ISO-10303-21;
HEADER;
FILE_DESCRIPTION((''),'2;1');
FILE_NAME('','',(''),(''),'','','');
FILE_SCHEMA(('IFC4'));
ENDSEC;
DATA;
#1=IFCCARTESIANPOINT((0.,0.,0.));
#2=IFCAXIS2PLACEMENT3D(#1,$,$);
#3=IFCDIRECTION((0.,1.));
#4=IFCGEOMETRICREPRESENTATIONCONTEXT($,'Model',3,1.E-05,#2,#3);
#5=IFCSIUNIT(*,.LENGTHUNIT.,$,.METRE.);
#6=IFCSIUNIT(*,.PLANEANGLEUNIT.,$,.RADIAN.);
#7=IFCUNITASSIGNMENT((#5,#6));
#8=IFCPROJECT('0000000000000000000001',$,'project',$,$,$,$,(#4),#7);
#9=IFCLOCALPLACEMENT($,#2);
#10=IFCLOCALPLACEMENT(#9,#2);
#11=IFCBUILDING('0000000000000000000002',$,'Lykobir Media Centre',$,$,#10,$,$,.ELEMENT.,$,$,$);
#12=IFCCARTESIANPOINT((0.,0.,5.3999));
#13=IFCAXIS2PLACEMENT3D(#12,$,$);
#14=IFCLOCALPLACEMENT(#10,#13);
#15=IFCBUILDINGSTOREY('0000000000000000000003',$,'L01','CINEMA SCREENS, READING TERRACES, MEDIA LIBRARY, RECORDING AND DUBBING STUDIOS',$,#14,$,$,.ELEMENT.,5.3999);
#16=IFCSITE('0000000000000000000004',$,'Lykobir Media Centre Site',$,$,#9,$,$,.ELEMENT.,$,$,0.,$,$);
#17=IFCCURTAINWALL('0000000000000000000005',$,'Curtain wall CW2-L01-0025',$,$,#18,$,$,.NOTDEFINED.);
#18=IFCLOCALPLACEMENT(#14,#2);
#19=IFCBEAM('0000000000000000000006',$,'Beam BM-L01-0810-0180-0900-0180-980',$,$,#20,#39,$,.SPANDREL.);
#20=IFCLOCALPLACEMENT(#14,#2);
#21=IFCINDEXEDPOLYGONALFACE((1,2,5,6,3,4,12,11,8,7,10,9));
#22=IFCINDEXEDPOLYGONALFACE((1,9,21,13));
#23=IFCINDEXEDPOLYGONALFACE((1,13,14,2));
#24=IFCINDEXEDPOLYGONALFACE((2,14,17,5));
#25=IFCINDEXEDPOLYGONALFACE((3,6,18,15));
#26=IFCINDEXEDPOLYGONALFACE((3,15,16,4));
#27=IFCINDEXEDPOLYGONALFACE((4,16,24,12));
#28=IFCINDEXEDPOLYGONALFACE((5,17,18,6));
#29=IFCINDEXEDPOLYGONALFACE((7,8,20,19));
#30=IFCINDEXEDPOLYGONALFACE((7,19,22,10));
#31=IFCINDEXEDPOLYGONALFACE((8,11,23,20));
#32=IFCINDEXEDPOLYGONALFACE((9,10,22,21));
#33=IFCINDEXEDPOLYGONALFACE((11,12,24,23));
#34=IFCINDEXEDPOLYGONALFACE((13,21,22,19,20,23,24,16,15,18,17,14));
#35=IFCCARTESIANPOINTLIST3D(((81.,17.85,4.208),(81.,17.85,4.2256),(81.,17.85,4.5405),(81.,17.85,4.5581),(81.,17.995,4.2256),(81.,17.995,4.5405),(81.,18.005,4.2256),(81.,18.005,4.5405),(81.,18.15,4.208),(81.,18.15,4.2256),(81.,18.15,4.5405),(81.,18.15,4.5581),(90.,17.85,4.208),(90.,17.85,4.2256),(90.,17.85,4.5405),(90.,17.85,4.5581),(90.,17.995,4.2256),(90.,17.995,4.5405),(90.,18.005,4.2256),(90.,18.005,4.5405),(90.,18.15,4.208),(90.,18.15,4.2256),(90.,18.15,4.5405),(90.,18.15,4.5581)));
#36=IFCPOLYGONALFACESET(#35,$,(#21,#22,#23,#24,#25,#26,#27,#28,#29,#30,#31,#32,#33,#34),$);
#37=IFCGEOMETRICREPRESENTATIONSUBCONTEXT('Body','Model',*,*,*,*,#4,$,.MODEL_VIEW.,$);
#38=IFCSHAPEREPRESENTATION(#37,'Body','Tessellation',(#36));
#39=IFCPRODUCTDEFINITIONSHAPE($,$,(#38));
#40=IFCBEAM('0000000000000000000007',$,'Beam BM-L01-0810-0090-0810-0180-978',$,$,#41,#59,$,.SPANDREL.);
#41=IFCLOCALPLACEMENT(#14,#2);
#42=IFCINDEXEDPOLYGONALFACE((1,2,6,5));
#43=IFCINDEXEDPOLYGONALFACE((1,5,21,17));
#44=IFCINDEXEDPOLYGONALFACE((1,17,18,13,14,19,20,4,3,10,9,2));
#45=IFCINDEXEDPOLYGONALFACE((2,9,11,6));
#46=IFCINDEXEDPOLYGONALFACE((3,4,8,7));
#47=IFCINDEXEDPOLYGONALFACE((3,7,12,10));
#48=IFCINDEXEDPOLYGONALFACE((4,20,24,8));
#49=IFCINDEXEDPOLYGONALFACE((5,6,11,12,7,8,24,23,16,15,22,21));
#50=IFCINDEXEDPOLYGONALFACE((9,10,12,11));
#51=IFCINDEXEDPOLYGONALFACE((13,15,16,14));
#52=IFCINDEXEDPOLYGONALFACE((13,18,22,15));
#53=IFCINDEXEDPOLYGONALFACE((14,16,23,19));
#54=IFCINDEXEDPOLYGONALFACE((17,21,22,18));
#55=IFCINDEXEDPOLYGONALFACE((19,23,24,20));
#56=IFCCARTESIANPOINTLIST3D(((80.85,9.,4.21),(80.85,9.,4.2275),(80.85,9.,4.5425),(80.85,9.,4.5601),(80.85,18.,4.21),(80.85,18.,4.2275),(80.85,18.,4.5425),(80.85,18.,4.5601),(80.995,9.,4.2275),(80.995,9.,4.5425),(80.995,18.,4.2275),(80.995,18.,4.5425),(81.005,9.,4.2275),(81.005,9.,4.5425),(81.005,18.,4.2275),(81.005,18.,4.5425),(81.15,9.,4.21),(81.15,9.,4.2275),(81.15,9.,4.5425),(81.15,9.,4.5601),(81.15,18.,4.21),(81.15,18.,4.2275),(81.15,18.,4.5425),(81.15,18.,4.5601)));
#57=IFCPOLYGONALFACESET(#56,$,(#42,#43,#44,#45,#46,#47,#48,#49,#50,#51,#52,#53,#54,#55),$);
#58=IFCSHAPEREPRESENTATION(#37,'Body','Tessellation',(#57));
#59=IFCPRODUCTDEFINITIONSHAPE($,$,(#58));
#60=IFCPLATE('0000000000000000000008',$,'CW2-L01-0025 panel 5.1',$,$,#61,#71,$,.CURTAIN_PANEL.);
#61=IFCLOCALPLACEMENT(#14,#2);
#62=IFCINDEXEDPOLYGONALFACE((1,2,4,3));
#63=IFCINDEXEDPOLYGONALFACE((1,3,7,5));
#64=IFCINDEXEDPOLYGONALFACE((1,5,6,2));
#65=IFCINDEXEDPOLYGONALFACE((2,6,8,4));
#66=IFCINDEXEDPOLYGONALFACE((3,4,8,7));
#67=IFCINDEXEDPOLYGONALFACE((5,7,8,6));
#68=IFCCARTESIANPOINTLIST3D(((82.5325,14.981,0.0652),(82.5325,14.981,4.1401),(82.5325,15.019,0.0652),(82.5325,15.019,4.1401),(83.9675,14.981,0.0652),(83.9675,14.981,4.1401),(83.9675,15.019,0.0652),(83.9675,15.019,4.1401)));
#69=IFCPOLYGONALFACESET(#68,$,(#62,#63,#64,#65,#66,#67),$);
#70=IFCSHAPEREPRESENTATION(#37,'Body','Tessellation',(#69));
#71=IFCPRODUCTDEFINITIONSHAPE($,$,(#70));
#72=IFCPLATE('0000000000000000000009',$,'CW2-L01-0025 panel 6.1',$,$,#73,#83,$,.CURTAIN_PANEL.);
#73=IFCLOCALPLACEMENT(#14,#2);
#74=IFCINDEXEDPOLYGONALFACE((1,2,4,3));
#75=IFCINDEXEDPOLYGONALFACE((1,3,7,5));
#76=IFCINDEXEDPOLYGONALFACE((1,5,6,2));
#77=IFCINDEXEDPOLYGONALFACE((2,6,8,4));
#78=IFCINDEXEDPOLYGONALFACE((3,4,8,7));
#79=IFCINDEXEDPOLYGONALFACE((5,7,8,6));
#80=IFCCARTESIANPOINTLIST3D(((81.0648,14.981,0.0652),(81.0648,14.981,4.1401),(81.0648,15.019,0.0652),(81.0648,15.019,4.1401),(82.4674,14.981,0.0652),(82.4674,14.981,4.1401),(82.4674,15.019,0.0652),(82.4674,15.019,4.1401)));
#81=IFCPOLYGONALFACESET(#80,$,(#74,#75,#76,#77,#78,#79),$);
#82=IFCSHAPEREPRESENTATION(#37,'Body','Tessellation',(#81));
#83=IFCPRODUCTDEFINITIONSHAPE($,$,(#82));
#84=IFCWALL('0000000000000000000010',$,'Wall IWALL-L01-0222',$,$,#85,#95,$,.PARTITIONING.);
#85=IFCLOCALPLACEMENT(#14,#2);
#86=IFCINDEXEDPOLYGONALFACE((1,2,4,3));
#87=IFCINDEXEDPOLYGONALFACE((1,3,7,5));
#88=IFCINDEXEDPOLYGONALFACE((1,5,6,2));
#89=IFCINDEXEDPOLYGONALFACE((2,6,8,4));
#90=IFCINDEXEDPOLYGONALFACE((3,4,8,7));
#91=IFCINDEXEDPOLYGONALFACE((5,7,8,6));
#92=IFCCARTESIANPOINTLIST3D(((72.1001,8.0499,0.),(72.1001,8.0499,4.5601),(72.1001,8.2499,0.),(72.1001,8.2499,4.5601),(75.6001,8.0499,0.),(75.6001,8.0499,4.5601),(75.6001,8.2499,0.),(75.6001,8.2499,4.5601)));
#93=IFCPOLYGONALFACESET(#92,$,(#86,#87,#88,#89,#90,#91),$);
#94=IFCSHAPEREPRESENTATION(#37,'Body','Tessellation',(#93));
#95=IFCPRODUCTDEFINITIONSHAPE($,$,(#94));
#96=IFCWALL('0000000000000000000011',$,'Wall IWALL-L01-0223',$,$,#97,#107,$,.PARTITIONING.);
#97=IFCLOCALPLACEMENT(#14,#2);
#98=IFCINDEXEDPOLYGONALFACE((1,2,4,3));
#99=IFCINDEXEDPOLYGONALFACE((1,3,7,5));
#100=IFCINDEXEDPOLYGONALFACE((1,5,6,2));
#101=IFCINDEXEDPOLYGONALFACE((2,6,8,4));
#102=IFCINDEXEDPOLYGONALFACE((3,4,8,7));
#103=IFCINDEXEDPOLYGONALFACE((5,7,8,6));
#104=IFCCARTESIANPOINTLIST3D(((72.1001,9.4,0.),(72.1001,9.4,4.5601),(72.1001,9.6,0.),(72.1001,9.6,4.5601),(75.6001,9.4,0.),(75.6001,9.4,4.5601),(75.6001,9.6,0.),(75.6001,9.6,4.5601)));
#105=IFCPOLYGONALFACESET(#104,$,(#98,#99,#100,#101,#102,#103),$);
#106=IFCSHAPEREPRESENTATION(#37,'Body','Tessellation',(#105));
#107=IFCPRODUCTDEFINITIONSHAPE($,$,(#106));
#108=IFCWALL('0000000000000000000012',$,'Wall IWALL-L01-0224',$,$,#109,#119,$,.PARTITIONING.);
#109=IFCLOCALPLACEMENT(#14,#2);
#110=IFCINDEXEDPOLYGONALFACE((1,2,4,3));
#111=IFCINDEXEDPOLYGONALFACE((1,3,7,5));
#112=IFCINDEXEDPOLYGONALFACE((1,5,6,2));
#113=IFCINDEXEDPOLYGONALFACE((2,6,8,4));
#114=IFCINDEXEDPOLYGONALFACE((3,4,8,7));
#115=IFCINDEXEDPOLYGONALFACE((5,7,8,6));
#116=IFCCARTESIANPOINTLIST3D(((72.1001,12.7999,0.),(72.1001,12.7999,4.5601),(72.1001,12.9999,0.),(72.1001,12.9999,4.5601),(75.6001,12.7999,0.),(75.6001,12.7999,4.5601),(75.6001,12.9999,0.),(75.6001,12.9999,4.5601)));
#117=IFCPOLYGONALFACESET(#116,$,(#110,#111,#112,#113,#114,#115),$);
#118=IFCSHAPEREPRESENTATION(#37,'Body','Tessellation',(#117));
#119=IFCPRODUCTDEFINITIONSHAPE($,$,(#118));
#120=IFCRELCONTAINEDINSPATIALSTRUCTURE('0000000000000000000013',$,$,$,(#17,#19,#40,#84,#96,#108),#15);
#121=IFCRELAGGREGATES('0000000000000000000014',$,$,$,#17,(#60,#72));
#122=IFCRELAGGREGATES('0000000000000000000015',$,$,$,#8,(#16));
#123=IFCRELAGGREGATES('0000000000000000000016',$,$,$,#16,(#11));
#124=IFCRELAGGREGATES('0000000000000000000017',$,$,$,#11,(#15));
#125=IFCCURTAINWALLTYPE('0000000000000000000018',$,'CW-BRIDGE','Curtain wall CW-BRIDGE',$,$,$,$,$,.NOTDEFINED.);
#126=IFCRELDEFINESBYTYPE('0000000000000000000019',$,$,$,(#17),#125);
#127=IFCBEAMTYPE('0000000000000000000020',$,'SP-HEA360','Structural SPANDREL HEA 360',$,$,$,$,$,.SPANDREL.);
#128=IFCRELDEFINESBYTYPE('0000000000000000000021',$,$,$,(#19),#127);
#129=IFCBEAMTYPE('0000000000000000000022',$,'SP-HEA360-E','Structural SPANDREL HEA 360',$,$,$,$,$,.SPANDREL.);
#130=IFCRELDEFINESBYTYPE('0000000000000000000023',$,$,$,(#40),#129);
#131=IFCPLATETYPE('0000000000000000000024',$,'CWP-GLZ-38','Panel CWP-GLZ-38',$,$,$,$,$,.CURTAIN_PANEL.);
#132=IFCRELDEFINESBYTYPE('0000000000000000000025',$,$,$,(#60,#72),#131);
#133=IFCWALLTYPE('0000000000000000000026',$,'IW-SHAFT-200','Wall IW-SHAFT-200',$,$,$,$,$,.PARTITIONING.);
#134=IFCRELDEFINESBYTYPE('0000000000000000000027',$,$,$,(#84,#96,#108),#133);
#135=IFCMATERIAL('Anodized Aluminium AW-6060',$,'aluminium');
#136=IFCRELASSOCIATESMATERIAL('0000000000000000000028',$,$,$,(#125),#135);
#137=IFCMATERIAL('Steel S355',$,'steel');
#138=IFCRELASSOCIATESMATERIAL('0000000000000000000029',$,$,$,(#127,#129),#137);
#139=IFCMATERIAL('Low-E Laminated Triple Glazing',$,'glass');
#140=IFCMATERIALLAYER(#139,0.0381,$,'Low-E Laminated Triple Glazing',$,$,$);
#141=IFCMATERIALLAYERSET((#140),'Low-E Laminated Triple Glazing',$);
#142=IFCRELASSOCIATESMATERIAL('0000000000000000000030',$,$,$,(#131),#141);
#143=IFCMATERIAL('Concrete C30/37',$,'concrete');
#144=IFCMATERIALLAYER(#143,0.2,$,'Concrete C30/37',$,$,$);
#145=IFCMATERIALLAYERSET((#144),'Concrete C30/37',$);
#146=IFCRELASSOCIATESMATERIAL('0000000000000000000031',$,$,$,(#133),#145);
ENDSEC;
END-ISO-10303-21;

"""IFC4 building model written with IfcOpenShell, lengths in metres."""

from ifc_helpers import new_model, si_unit, direction, frame, frame_2d, origin, origin_2d, place, context, subcontext, project, spatial, rectangle, i_section, extrude, material, layer, layer_set, material_profile, profile_set, type_object, element, aggregate, save


model = new_model("IFC4")

# Units and contexts
model_context = context("Model", 3, precision=1e-05, world=origin(), true_north=direction((0.0, 1.0)))
body_context = subcontext(model_context, "Body", "Model", "MODEL_VIEW")
ifc_project = project(units=[si_unit("LENGTHUNIT", "METRE"), si_unit("PLANEANGLEUNIT", "RADIAN")], contexts=[model_context])

# Site, building, storey
site_placement = place(None, origin())
site = spatial("IfcSite", under=ifc_project, at=site_placement, Name="Lykobir Media Centre Site", CompositionType="ELEMENT", RefElevation=0.0)
building_placement = place(site_placement, origin())
building = spatial("IfcBuilding", under=site, at=building_placement, Name="Lykobir Media Centre", CompositionType="ELEMENT")
storey_placement = place(building_placement, frame((0.0, 0.0, 5.3999)))
storey = spatial("IfcBuildingStorey", under=building, at=storey_placement, Name="L01", Description="CINEMA SCREENS, READING TERRACES, MEDIA LIBRARY, RECORDING AND DUBBING STUDIOS", CompositionType="ELEMENT", Elevation=5.3999)

# Shared definitions
ifc_material_1 = material(Name="Steel S355", Category="steel")

# Curtain wall
ifc_material_2 = material(Name="Anodized Aluminium AW-6060", Category="aluminium")
curtain_wall_type = type_object("IfcCurtainWallType", Name="CW-BRIDGE", Description="Curtain wall CW-BRIDGE", PredefinedType="NOTDEFINED", material=ifc_material_2)
curtain_wall_1_placement = place(storey_placement, origin())
curtain_wall_1 = element("IfcCurtainWall", 1, at=curtain_wall_1_placement, inside=storey, type_object=curtain_wall_type, Name="Curtain wall CW2-L01-0025", PredefinedType="NOTDEFINED")

# Beams
ifc_material_profile_1 = material_profile(ifc_material_1, i_section(OverallWidth=0.3, OverallDepth=0.3501, WebThickness=0.01, FlangeThickness=0.0176, at=origin_2d()), Name="HEA 360")
ifc_profile_set_1 = profile_set([ifc_material_profile_1], Name="Steel S355")
beam_type_1 = type_object("IfcBeamType", Name="SP-HEA360", Description="Structural SPANDREL HEA 360", PredefinedType="SPANDREL", material=ifc_profile_set_1)
beam_1_placement = place(storey_placement, frame((81.0, 18.0, 4.3831), z_axis=(1.0, 0.0, 0.0), x_axis=(0.0, 1.0, 0.0)))
element("IfcBeam", 2, at=beam_1_placement, inside=storey, type_object=beam_type_1, Name="Beam BM-L01-0810-0180-0900-0180-980", PredefinedType="SPANDREL", context=body_context, shape_type="SweptSolid", body=[
    extrude(i_section(OverallWidth=0.3, OverallDepth=0.3501, WebThickness=0.01, FlangeThickness=0.0176, at=origin_2d()), origin(), (0.0, 0.0, 1.0), 9.0),
])
ifc_material_profile_2 = material_profile(ifc_material_1, i_section(OverallWidth=0.3, OverallDepth=0.3501, WebThickness=0.01, FlangeThickness=0.0176, at=origin_2d()), Name="HEA 360")
ifc_profile_set_2 = profile_set([ifc_material_profile_2], Name="Steel S355")
beam_type_2 = type_object("IfcBeamType", Name="SP-HEA360-E", Description="Structural SPANDREL HEA 360", PredefinedType="SPANDREL", material=ifc_profile_set_2)
beam_2_placement = place(storey_placement, frame((81.0, 9.0, 4.385), z_axis=(0.0, 1.0, 0.0), x_axis=(-1.0, 0.0, 0.0)))
element("IfcBeam", 3, at=beam_2_placement, inside=storey, type_object=beam_type_2, Name="Beam BM-L01-0810-0090-0810-0180-978", PredefinedType="SPANDREL", context=body_context, shape_type="SweptSolid", body=[
    extrude(i_section(OverallWidth=0.3, OverallDepth=0.3501, WebThickness=0.01, FlangeThickness=0.0176, at=origin_2d()), origin(), (0.0, 0.0, 1.0), 9.0),
])

# Plates
ifc_material_3 = material(Name="Low-E Laminated Triple Glazing", Category="glass")
ifc_layer_1 = layer(ifc_material_3, 0.0381, Name="Low-E Laminated Triple Glazing")
ifc_layer_set_1 = layer_set([ifc_layer_1], Name="Low-E Laminated Triple Glazing")
plate_type = type_object("IfcPlateType", Name="CWP-GLZ-38", Description="Panel CWP-GLZ-38", PredefinedType="CURTAIN_PANEL", material=ifc_layer_set_1)
plate_1_placement = place(storey_placement, frame((83.25, 15.0, 0.0652), z_axis=(0.0, 0.0, 1.0), x_axis=(-1.0, 0.0, 0.0)))
plate_1 = element("IfcPlate", 4, at=plate_1_placement, type_object=plate_type, Name="CW2-L01-0025 panel 5.1", PredefinedType="CURTAIN_PANEL", context=body_context, shape_type="SweptSolid", body=[
    extrude(rectangle(XDim=1.4351, YDim=0.0381, at=origin_2d()), origin(), (0.0, 0.0, 1.0), 4.075),
])
plate_2_placement = place(storey_placement, frame((81.7661, 15.0, 0.0652), z_axis=(0.0, 0.0, 1.0), x_axis=(-1.0, 0.0, 0.0)))
plate_2 = element("IfcPlate", 5, at=plate_2_placement, type_object=plate_type, Name="CW2-L01-0025 panel 6.1", PredefinedType="CURTAIN_PANEL", context=body_context, shape_type="SweptSolid", body=[
    extrude(rectangle(XDim=1.4026, YDim=0.0381, at=origin_2d()), origin(), (0.0, 0.0, 1.0), 4.075),
])
aggregate(curtain_wall_1, [plate_1, plate_2])

# Walls
ifc_material_4 = material(Name="Concrete C30/37", Category="concrete")
ifc_layer_2 = layer(ifc_material_4, 0.2, Name="Concrete C30/37")
ifc_layer_set_2 = layer_set([ifc_layer_2], Name="Concrete C30/37")
wall_type_1 = type_object("IfcWallType", Name="IW-SHAFT-200", Description="Wall IW-SHAFT-200", PredefinedType="PARTITIONING", material=ifc_layer_set_2)
for number, where, z_axis, x_axis, name in (
    (6, (72.1001, 8.1499, 0.0), (0.0, 0.0, 1.0), (1.0, 0.0, 0.0), "Wall IWALL-L01-0222"),
    (7, (72.1001, 9.5, 0.0), (0.0, 0.0, 1.0), (1.0, 0.0, 0.0), "Wall IWALL-L01-0223"),
    (8, (72.1001, 12.8999, 0.0), (0.0, 0.0, 1.0), (1.0, 0.0, 0.0), "Wall IWALL-L01-0224"),
):
    element("IfcWall", number, at=place(storey_placement, frame(where, z_axis=z_axis, x_axis=x_axis)), inside=storey, type_object=wall_type_1, Name=name, PredefinedType="PARTITIONING", context=body_context, shape_type="SweptSolid", body=[
        extrude(rectangle(XDim=3.5, YDim=0.2, at=frame_2d((1.75, 0.0))), origin(), (0.0, 0.0, 1.0), 4.5601),
    ])

save(model, "model.ifc")
